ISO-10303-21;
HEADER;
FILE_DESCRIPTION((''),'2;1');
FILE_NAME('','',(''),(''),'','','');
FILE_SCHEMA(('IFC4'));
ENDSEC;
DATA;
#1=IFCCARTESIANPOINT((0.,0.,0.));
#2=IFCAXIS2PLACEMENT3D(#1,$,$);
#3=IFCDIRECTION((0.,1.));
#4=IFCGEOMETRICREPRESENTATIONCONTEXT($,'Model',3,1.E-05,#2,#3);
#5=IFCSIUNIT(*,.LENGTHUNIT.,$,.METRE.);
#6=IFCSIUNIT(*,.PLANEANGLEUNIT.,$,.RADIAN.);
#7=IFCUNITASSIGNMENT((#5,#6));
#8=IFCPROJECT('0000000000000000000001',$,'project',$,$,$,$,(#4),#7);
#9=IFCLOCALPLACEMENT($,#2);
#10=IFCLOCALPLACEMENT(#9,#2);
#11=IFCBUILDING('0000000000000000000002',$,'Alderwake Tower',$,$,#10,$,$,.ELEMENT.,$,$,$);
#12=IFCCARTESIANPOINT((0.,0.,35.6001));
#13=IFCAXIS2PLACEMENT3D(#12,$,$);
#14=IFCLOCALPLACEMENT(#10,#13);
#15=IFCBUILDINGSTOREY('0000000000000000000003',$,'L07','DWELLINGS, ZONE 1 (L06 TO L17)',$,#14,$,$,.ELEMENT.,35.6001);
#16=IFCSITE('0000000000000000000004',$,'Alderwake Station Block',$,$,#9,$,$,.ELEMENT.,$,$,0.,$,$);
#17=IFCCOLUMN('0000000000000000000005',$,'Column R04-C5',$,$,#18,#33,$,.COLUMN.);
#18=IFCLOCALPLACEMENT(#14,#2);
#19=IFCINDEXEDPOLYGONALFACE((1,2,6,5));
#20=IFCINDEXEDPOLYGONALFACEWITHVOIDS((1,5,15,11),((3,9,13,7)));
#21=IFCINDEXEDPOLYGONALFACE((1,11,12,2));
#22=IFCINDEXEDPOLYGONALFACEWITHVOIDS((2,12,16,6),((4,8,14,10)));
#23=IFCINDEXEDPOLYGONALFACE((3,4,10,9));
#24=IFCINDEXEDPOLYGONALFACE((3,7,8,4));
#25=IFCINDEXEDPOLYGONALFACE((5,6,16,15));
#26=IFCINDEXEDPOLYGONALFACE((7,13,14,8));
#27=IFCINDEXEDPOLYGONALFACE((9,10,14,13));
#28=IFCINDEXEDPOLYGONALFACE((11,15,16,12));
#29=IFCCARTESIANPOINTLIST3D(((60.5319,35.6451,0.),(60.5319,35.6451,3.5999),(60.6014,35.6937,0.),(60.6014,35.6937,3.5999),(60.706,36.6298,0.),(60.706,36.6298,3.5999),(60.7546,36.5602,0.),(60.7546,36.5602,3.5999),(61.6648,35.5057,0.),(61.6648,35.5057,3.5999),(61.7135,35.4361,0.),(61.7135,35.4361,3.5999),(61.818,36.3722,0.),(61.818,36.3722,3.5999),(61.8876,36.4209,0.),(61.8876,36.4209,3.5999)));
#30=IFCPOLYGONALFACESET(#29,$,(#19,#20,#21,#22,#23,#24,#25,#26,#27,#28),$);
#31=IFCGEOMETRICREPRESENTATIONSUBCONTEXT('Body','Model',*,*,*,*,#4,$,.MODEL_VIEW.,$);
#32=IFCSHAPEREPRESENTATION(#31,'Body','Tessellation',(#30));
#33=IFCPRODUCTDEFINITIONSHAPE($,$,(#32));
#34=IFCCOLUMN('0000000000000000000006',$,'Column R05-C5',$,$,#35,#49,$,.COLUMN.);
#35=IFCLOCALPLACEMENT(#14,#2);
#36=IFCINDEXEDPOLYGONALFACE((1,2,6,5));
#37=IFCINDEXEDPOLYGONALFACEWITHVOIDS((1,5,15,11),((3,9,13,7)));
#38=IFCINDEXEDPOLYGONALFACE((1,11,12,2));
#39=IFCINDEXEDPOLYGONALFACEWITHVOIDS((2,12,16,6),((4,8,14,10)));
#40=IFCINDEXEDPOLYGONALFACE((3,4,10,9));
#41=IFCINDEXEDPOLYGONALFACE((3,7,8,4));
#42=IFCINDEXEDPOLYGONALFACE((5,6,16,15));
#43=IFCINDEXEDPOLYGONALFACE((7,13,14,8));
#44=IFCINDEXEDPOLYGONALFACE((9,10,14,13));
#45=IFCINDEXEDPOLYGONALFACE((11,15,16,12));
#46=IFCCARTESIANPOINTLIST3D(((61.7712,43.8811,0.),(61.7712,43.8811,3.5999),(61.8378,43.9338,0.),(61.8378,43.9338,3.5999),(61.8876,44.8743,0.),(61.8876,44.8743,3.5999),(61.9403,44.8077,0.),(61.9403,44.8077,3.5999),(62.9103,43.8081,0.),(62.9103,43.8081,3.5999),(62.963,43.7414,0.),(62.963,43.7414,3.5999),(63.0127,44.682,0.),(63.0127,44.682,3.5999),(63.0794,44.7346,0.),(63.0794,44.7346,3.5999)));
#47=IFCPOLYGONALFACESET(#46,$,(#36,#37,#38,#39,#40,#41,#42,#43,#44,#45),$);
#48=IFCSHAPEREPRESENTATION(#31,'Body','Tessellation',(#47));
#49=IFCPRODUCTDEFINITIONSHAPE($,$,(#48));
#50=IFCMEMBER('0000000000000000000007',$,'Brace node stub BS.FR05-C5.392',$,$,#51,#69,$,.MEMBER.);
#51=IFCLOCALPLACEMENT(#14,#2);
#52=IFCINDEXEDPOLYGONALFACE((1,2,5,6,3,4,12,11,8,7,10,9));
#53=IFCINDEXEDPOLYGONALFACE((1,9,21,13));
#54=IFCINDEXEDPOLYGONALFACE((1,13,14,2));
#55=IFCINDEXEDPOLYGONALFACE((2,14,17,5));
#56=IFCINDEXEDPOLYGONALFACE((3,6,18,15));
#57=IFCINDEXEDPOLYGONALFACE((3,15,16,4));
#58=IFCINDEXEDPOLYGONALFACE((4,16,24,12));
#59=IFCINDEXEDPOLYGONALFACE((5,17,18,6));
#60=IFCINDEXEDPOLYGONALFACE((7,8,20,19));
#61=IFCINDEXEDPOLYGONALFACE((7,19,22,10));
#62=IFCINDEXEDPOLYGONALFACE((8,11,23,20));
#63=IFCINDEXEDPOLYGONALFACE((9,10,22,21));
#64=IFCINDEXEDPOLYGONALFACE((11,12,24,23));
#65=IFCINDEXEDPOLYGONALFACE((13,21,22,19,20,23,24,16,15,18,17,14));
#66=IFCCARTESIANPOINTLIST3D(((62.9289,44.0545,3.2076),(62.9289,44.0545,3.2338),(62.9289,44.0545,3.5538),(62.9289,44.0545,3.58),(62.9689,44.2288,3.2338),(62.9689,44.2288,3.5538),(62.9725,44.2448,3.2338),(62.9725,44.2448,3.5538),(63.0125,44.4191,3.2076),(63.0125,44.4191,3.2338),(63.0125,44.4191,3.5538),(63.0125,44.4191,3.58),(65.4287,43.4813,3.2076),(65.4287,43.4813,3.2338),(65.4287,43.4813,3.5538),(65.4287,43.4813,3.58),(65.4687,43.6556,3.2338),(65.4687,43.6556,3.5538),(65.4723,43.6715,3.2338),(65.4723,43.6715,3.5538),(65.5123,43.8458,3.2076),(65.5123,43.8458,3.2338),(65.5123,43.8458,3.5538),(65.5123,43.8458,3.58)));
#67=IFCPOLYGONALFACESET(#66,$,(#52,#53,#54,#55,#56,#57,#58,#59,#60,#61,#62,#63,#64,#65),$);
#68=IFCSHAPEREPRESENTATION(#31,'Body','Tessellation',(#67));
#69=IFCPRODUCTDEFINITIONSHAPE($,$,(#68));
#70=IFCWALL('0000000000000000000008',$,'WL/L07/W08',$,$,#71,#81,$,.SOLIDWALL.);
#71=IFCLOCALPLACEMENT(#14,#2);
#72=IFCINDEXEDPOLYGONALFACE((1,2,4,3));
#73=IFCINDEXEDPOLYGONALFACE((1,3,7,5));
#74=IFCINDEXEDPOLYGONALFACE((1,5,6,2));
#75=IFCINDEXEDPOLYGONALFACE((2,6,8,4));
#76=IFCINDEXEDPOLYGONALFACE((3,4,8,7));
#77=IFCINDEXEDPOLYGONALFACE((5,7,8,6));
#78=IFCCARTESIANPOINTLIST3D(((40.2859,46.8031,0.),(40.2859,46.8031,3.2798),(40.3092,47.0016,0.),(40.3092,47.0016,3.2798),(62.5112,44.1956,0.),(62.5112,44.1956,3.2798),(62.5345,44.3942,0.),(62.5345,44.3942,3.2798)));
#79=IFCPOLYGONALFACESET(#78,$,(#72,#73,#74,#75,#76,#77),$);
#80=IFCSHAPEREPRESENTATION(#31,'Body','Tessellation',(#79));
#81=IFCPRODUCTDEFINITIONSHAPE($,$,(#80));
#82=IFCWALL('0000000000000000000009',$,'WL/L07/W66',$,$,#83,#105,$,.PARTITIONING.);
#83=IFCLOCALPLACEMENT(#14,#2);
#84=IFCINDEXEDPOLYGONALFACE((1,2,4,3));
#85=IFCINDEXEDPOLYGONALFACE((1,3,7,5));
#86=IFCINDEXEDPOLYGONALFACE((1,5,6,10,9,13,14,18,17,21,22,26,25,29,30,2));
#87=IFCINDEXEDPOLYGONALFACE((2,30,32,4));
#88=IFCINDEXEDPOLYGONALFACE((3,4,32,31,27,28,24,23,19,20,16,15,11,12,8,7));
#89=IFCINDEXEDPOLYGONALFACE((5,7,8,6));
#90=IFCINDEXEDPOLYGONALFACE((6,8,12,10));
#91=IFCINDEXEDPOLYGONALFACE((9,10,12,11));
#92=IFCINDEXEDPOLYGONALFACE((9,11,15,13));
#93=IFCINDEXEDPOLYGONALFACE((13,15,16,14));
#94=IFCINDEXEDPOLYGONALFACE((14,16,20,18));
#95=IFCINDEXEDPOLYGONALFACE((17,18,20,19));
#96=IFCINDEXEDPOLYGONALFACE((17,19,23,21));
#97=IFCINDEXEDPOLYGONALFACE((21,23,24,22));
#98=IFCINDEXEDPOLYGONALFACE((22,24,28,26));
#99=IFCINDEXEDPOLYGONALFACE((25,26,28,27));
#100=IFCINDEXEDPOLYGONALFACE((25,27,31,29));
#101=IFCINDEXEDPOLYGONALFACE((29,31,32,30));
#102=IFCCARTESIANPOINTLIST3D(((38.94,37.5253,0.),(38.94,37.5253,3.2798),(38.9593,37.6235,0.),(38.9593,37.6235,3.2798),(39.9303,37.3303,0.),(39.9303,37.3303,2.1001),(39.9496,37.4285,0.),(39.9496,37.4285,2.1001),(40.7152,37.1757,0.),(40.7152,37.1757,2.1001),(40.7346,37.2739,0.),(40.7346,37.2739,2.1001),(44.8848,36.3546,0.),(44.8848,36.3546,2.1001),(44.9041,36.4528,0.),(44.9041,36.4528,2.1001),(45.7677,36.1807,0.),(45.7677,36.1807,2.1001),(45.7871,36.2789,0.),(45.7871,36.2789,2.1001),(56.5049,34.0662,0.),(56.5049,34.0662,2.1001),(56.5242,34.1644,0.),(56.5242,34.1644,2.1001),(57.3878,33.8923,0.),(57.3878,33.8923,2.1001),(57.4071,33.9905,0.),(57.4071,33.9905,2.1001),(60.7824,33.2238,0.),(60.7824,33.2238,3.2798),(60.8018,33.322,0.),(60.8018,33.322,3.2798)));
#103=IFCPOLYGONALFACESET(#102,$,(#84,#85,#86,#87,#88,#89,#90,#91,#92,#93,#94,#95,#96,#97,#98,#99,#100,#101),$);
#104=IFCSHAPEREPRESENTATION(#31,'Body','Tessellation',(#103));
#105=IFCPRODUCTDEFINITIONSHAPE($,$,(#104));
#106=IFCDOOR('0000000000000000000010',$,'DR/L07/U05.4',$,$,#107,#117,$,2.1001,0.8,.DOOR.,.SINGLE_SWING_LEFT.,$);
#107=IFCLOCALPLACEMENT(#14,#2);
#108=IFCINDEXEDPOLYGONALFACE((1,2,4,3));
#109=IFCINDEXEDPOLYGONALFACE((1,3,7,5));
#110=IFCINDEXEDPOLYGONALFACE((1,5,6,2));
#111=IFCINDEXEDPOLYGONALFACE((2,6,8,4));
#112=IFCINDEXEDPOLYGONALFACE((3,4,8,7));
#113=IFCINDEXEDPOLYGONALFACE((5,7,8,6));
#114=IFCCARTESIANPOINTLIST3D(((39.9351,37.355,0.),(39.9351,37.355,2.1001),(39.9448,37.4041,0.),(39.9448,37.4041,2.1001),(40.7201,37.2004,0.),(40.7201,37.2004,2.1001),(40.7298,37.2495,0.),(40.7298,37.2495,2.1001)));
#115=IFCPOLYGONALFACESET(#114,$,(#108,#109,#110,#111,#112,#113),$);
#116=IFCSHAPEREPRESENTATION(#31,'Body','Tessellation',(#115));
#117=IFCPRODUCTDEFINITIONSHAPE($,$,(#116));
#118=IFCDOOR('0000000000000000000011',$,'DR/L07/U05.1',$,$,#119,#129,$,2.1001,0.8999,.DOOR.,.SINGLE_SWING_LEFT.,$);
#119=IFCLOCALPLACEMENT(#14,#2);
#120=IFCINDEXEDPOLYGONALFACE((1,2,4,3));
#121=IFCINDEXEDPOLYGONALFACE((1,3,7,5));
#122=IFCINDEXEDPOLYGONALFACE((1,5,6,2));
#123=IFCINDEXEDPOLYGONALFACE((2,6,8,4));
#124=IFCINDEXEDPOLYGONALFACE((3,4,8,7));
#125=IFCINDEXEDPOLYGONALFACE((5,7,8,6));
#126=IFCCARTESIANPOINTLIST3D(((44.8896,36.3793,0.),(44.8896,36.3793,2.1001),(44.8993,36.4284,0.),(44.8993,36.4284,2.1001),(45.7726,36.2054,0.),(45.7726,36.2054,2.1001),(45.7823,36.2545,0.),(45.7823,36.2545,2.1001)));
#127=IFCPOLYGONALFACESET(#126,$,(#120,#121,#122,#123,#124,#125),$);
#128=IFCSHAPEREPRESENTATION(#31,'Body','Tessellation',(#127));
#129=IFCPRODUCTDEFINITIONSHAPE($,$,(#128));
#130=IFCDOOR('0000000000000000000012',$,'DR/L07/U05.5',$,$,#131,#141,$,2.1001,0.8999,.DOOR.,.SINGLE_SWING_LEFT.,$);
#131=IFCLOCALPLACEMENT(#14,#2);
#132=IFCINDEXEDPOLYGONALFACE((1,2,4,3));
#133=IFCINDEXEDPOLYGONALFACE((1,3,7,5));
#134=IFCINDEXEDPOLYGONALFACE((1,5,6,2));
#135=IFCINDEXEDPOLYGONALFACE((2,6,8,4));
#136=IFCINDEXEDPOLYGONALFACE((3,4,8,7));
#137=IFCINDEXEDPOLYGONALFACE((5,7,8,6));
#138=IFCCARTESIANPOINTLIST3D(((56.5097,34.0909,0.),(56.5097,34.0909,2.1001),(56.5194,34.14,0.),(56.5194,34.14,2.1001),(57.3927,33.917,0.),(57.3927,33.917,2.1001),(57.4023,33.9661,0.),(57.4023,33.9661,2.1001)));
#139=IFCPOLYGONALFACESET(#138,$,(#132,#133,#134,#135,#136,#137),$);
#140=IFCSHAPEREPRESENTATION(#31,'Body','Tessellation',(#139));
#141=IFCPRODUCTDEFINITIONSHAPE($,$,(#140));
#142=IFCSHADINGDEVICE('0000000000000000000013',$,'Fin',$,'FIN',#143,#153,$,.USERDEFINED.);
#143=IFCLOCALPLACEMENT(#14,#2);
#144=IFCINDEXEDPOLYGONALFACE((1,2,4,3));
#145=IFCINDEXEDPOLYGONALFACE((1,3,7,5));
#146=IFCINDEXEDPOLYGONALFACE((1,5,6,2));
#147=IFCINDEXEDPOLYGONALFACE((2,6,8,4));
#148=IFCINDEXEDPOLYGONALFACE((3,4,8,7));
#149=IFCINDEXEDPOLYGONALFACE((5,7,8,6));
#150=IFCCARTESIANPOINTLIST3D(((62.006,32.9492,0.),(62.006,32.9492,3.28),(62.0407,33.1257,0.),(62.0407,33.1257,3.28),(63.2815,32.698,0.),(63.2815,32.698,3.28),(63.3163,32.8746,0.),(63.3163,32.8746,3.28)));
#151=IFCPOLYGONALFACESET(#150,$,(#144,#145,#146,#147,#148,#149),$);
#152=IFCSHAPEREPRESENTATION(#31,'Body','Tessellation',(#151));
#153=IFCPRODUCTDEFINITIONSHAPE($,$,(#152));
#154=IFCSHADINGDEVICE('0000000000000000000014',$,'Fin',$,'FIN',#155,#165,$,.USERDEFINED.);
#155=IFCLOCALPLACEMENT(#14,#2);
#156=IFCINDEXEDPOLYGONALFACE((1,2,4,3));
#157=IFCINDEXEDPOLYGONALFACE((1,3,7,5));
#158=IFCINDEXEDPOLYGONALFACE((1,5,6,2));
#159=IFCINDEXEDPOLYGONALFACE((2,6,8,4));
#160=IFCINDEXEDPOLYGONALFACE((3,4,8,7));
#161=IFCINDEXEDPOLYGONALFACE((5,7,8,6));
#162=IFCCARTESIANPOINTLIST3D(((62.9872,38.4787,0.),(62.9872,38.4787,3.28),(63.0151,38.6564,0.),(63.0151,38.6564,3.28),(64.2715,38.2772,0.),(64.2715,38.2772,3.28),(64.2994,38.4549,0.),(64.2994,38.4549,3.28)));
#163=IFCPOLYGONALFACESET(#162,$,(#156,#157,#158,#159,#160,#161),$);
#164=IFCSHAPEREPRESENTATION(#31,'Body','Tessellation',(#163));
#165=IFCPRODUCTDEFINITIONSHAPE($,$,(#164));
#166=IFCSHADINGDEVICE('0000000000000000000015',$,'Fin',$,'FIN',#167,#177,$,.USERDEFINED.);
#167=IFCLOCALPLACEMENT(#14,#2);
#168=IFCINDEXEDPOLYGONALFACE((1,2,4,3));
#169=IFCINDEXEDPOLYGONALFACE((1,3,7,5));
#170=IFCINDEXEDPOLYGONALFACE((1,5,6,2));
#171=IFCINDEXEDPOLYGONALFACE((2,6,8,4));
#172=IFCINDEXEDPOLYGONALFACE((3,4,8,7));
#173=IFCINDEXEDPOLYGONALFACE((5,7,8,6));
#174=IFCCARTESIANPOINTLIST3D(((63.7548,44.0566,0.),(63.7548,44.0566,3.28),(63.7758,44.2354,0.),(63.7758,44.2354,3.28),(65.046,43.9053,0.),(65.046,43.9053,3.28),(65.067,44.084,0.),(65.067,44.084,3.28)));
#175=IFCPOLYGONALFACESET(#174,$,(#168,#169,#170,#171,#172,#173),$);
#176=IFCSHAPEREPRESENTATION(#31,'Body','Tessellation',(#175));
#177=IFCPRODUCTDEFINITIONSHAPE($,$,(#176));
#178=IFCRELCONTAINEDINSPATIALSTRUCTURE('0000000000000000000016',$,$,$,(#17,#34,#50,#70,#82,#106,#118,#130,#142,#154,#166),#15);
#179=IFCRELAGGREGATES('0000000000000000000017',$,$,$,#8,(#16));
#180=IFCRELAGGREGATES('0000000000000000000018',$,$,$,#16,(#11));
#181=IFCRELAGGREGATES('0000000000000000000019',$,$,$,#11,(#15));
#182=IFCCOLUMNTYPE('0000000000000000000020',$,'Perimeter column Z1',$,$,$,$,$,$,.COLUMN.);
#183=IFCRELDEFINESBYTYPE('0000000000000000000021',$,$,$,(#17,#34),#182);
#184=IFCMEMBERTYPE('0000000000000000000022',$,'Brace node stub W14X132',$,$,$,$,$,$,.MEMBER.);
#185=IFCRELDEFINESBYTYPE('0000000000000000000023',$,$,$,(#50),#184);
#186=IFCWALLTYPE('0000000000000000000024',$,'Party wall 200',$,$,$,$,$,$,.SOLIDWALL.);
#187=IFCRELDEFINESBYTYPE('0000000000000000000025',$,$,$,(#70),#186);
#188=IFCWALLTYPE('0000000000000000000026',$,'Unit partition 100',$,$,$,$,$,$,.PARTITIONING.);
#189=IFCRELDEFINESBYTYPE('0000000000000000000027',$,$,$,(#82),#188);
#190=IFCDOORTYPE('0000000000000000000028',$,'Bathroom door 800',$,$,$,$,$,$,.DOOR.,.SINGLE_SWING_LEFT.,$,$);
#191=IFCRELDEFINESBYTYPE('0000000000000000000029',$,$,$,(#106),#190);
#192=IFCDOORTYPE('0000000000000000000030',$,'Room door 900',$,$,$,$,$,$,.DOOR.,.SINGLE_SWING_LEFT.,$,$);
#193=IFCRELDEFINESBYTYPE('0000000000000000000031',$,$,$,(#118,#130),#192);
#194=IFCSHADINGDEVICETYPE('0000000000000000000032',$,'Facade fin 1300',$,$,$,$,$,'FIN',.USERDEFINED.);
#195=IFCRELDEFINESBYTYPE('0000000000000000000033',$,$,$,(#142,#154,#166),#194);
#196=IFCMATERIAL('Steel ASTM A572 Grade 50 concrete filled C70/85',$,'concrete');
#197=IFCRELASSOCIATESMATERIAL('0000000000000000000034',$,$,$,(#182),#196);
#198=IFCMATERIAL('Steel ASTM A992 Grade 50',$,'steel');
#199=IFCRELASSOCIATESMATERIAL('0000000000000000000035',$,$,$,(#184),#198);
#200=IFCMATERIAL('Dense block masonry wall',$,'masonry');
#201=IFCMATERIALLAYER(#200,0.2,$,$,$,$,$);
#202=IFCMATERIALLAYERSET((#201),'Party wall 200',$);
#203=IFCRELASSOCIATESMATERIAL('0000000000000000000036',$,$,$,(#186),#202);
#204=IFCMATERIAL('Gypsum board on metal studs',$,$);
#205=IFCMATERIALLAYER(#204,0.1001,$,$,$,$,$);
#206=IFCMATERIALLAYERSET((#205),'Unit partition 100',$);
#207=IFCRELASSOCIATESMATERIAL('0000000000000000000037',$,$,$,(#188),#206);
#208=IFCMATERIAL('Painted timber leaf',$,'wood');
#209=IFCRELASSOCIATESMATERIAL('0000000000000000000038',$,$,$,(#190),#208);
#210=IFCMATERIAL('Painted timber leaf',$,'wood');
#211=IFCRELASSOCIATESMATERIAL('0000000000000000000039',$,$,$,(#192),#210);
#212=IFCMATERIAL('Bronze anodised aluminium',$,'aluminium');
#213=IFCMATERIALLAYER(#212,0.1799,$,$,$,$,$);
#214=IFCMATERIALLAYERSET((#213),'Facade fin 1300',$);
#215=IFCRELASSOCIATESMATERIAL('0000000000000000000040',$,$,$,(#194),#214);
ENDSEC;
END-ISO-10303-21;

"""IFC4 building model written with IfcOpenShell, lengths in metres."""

from ifc_helpers import new_model, si_unit, direction, frame, frame_2d, origin, origin_2d, place, context, subcontext, project, spatial, rectangle, hollow_rectangle, i_section, extrude, material, layer, layer_set, material_profile, profile_set, type_object, element, fill, save


model = new_model("IFC4")

# Units and contexts
model_context = context("Model", 3, precision=1e-05, world=origin(), true_north=direction((0.0, 1.0)))
body_context = subcontext(model_context, "Body", "Model", "MODEL_VIEW")
ifc_project = project(units=[si_unit("LENGTHUNIT", "METRE"), si_unit("PLANEANGLEUNIT", "RADIAN")], contexts=[model_context])

# Site, building, storey
site_placement = place(None, origin())
site = spatial("IfcSite", under=ifc_project, at=site_placement, Name="Alderwake Station Block", CompositionType="ELEMENT", RefElevation=0.0)
building_placement = place(site_placement, origin())
building = spatial("IfcBuilding", under=site, at=building_placement, Name="Alderwake Tower", CompositionType="ELEMENT")
storey_placement = place(building_placement, frame((0.0, 0.0, 35.6001)))
storey = spatial("IfcBuildingStorey", under=building, at=storey_placement, Name="L07", Description="DWELLINGS, ZONE 1 (L06 TO L17)", CompositionType="ELEMENT", Elevation=35.6001)

# Columns
ifc_material_1 = material(Name="Steel ASTM A572 Grade 50 concrete filled C70/85", Category="concrete")
ifc_material_profile_1 = material_profile(ifc_material_1, hollow_rectangle(XDim=1.0, YDim=1.2, WallThickness=0.0601, at=origin_2d()), Name="BOX 1200X1000X60")
ifc_profile_set_1 = profile_set([ifc_material_profile_1], Name="Steel ASTM A572 Grade 50 concrete filled C70/85")
column_type = type_object("IfcColumnType", Name="Perimeter column Z1", PredefinedType="COLUMN", material=ifc_profile_set_1)
for number, where, z_axis, x_axis, name in (
    (1, (61.2097, 36.033, 0.0), (0.0, 0.0, 1.0), (0.174109, 0.984726, 0.0), "Column R04-C5"),
    (2, (62.4253, 44.3079, 0.0), (0.0, 0.0, 1.0), (0.116402, 0.993202, 0.0), "Column R05-C5"),
):
    element("IfcColumn", number, at=place(storey_placement, frame(where, z_axis=z_axis, x_axis=x_axis)), inside=storey, type_object=column_type, Name=name, PredefinedType="COLUMN", context=body_context, shape_type="SweptSolid", body=[
        extrude(hollow_rectangle(XDim=1.0, YDim=1.2, WallThickness=0.0601, at=origin_2d()), origin(), (0.0, 0.0, 1.0), 3.5999),
    ])

# Member
ifc_material_2 = material(Name="Steel ASTM A992 Grade 50", Category="steel")
ifc_material_profile_2 = material_profile(ifc_material_2, i_section(OverallWidth=0.374, OverallDepth=0.3723, WebThickness=0.0164, FlangeThickness=0.0261, at=origin_2d()), Name="W14X132")
ifc_profile_set_2 = profile_set([ifc_material_profile_2], Name="Steel ASTM A992 Grade 50")
member_type = type_object("IfcMemberType", Name="Brace node stub W14X132", PredefinedType="MEMBER", material=ifc_profile_set_2)
member_placement = place(storey_placement, frame((62.9707, 44.2368, 3.3938), z_axis=(0.9747, -0.223517, 0.0), x_axis=(0.223517, 0.9747, 0.0)))
element("IfcMember", 3, at=member_placement, inside=storey, type_object=member_type, Name="Brace node stub BS.FR05-C5.392", PredefinedType="MEMBER", context=body_context, shape_type="SweptSolid", body=[
    extrude(i_section(OverallWidth=0.374, OverallDepth=0.3723, WebThickness=0.0164, FlangeThickness=0.0261, at=origin_2d()), origin(), (0.0, 0.0, 1.0), 2.5647),
])

# Wall
ifc_material_3 = material(Name="Dense block masonry wall", Category="masonry")
ifc_layer_1 = layer(ifc_material_3, 0.2)
ifc_layer_set_1 = layer_set([ifc_layer_1], Name="Party wall 200")
wall_type_1 = type_object("IfcWallType", Name="Party wall 200", PredefinedType="SOLIDWALL", material=ifc_layer_set_1)
wall_1_placement = place(storey_placement, frame((62.5229, 44.2949, 0.0), z_axis=(0.0, 0.0, 1.0), x_axis=(-0.993189, 0.116518, 0.0)))
element("IfcWall", 4, at=wall_1_placement, inside=storey, type_object=wall_type_1, Name="WL/L07/W08", PredefinedType="SOLIDWALL", context=body_context, shape_type="SweptSolid", body=[
    extrude(rectangle(XDim=22.3777, YDim=0.2, at=frame_2d((11.189, 0.0))), origin(), (0.0, 0.0, 1.0), 3.2798),
])

# Wall, openings, doors
ifc_material_4 = material(Name="Gypsum board on metal studs")
ifc_layer_2 = layer(ifc_material_4, 0.1001)
ifc_layer_set_2 = layer_set([ifc_layer_2], Name="Unit partition 100")
wall_type_2 = type_object("IfcWallType", Name="Unit partition 100", PredefinedType="PARTITIONING", material=ifc_layer_set_2)
wall_2_placement = place(storey_placement, frame((60.792, 33.2729, 0.0), z_axis=(0.0, 0.0, 1.0), x_axis=(-0.981155, 0.193222, 0.0)))
wall_2 = element("IfcWall", 5, at=wall_2_placement, inside=storey, type_object=wall_type_2, Name="WL/L07/W66", PredefinedType="PARTITIONING", context=body_context, shape_type="SweptSolid", body=[
    extrude(rectangle(XDim=22.262, YDim=0.1001, at=frame_2d((11.1309, 0.0))), origin(), (0.0, 0.0, 1.0), 3.2798),
])
opening_1_placement = place(wall_2_placement, frame((15.303, 0.0, 0.0)))
opening_1 = element("IfcOpeningElement", 6, at=opening_1_placement, cuts=wall_2, PredefinedType="OPENING", context=body_context, shape_type="SweptSolid", body=[
    extrude(rectangle(XDim=0.8999, YDim=2.1001, at=frame_2d((0.45, 1.05))), frame((0.0, 0.0601, 0.0), z_axis=(0.0, -1.0, 0.0), x_axis=(1.0, 0.0, 0.0)), (0.0, 0.0, 1.0), 0.1201),
])
opening_2_placement = place(wall_2_placement, frame((20.4526, 0.0, 0.0)))
opening_2 = element("IfcOpeningElement", 7, at=opening_2_placement, cuts=wall_2, PredefinedType="OPENING", context=body_context, shape_type="SweptSolid", body=[
    extrude(rectangle(XDim=0.8, YDim=2.1001, at=frame_2d((0.3999, 1.05))), frame((0.0, 0.0601, 0.0), z_axis=(0.0, -1.0, 0.0), x_axis=(1.0, 0.0, 0.0)), (0.0, 0.0, 1.0), 0.1201),
])
opening_3_placement = place(wall_2_placement, frame((3.4597, 0.0, 0.0)))
opening_3 = element("IfcOpeningElement", 8, at=opening_3_placement, cuts=wall_2, PredefinedType="OPENING", context=body_context, shape_type="SweptSolid", body=[
    extrude(rectangle(XDim=0.8999, YDim=2.1001, at=frame_2d((0.45, 1.05))), frame((0.0, 0.0601, 0.0), z_axis=(0.0, -1.0, 0.0), x_axis=(1.0, 0.0, 0.0)), (0.0, 0.0, 1.0), 0.1201),
])
ifc_material_5 = material(Name="Painted timber leaf", Category="wood")
door_type_1 = type_object("IfcDoorType", Name="Bathroom door 800", OperationType="SINGLE_SWING_LEFT", PredefinedType="DOOR", material=ifc_material_5)
door_1_placement = place(opening_2_placement, origin())
door_1 = element("IfcDoor", 9, at=door_1_placement, inside=storey, type_object=door_type_1, Name="DR/L07/U05.4", OperationType="SINGLE_SWING_LEFT", OverallHeight=2.1001, OverallWidth=0.8, PredefinedType="DOOR", context=body_context, shape_type="SweptSolid", body=[
    extrude(rectangle(XDim=0.8, YDim=2.1001, at=frame_2d((0.3999, 1.05))), frame((0.0, 0.0249, 0.0), z_axis=(0.0, -1.0, 0.0), x_axis=(1.0, 0.0, 0.0)), (0.0, 0.0, 1.0), 0.05),
])
fill(opening_2, door_1)
ifc_material_6 = material(Name="Painted timber leaf", Category="wood")
door_type_2 = type_object("IfcDoorType", Name="Room door 900", OperationType="SINGLE_SWING_LEFT", PredefinedType="DOOR", material=ifc_material_6)
door_2_placement = place(opening_1_placement, origin())
door_2 = element("IfcDoor", 10, at=door_2_placement, inside=storey, type_object=door_type_2, Name="DR/L07/U05.1", OperationType="SINGLE_SWING_LEFT", OverallHeight=2.1001, OverallWidth=0.8999, PredefinedType="DOOR", context=body_context, shape_type="SweptSolid", body=[
    extrude(rectangle(XDim=0.8999, YDim=2.1001, at=frame_2d((0.45, 1.05))), frame((0.0, 0.0249, 0.0), z_axis=(0.0, -1.0, 0.0), x_axis=(1.0, 0.0, 0.0)), (0.0, 0.0, 1.0), 0.05),
])
fill(opening_1, door_2)
door_3_placement = place(opening_3_placement, origin())
door_3 = element("IfcDoor", 11, at=door_3_placement, inside=storey, type_object=door_type_2, Name="DR/L07/U05.5", OperationType="SINGLE_SWING_LEFT", OverallHeight=2.1001, OverallWidth=0.8999, PredefinedType="DOOR", context=body_context, shape_type="SweptSolid", body=[
    extrude(rectangle(XDim=0.8999, YDim=2.1001, at=frame_2d((0.45, 1.05))), frame((0.0, 0.0249, 0.0), z_axis=(0.0, -1.0, 0.0), x_axis=(1.0, 0.0, 0.0)), (0.0, 0.0, 1.0), 0.05),
])
fill(opening_3, door_3)

# Shading devices
ifc_material_7 = material(Name="Bronze anodised aluminium", Category="aluminium")
ifc_layer_3 = layer(ifc_material_7, 0.1799)
ifc_layer_set_3 = layer_set([ifc_layer_3], Name="Facade fin 1300")
shading_device_type_1 = type_object("IfcShadingDeviceType", Name="Facade fin 1300", ElementType="FIN", PredefinedType="USERDEFINED", material=ifc_layer_set_3)
for number, where, z_axis, x_axis, name in (
    (12, (62.6611, 32.9119, 0.0), (0.0, 0.0, 1.0), (0.981164, -0.193178, 0.0), "Fin"),
    (13, (63.6433, 38.4668, 0.0), (0.0, 0.0, 1.0), (0.987919, -0.154972, 0.0), "Fin"),
    (14, (64.4109, 44.0703, 0.0), (0.0, 0.0, 1.0), (0.993198, -0.116435, 0.0), "Fin"),
):
    element("IfcShadingDevice", number, at=place(storey_placement, frame(where, z_axis=z_axis, x_axis=x_axis)), inside=storey, type_object=shading_device_type_1, Name=name, ObjectType="FIN", PredefinedType="USERDEFINED", context=body_context, shape_type="SweptSolid", body=[
        extrude(rectangle(XDim=1.3, YDim=0.1799, at=origin_2d()), origin(), (0.0, 0.0, 1.0), 3.28),
    ])

save(model, "model.ifc")
